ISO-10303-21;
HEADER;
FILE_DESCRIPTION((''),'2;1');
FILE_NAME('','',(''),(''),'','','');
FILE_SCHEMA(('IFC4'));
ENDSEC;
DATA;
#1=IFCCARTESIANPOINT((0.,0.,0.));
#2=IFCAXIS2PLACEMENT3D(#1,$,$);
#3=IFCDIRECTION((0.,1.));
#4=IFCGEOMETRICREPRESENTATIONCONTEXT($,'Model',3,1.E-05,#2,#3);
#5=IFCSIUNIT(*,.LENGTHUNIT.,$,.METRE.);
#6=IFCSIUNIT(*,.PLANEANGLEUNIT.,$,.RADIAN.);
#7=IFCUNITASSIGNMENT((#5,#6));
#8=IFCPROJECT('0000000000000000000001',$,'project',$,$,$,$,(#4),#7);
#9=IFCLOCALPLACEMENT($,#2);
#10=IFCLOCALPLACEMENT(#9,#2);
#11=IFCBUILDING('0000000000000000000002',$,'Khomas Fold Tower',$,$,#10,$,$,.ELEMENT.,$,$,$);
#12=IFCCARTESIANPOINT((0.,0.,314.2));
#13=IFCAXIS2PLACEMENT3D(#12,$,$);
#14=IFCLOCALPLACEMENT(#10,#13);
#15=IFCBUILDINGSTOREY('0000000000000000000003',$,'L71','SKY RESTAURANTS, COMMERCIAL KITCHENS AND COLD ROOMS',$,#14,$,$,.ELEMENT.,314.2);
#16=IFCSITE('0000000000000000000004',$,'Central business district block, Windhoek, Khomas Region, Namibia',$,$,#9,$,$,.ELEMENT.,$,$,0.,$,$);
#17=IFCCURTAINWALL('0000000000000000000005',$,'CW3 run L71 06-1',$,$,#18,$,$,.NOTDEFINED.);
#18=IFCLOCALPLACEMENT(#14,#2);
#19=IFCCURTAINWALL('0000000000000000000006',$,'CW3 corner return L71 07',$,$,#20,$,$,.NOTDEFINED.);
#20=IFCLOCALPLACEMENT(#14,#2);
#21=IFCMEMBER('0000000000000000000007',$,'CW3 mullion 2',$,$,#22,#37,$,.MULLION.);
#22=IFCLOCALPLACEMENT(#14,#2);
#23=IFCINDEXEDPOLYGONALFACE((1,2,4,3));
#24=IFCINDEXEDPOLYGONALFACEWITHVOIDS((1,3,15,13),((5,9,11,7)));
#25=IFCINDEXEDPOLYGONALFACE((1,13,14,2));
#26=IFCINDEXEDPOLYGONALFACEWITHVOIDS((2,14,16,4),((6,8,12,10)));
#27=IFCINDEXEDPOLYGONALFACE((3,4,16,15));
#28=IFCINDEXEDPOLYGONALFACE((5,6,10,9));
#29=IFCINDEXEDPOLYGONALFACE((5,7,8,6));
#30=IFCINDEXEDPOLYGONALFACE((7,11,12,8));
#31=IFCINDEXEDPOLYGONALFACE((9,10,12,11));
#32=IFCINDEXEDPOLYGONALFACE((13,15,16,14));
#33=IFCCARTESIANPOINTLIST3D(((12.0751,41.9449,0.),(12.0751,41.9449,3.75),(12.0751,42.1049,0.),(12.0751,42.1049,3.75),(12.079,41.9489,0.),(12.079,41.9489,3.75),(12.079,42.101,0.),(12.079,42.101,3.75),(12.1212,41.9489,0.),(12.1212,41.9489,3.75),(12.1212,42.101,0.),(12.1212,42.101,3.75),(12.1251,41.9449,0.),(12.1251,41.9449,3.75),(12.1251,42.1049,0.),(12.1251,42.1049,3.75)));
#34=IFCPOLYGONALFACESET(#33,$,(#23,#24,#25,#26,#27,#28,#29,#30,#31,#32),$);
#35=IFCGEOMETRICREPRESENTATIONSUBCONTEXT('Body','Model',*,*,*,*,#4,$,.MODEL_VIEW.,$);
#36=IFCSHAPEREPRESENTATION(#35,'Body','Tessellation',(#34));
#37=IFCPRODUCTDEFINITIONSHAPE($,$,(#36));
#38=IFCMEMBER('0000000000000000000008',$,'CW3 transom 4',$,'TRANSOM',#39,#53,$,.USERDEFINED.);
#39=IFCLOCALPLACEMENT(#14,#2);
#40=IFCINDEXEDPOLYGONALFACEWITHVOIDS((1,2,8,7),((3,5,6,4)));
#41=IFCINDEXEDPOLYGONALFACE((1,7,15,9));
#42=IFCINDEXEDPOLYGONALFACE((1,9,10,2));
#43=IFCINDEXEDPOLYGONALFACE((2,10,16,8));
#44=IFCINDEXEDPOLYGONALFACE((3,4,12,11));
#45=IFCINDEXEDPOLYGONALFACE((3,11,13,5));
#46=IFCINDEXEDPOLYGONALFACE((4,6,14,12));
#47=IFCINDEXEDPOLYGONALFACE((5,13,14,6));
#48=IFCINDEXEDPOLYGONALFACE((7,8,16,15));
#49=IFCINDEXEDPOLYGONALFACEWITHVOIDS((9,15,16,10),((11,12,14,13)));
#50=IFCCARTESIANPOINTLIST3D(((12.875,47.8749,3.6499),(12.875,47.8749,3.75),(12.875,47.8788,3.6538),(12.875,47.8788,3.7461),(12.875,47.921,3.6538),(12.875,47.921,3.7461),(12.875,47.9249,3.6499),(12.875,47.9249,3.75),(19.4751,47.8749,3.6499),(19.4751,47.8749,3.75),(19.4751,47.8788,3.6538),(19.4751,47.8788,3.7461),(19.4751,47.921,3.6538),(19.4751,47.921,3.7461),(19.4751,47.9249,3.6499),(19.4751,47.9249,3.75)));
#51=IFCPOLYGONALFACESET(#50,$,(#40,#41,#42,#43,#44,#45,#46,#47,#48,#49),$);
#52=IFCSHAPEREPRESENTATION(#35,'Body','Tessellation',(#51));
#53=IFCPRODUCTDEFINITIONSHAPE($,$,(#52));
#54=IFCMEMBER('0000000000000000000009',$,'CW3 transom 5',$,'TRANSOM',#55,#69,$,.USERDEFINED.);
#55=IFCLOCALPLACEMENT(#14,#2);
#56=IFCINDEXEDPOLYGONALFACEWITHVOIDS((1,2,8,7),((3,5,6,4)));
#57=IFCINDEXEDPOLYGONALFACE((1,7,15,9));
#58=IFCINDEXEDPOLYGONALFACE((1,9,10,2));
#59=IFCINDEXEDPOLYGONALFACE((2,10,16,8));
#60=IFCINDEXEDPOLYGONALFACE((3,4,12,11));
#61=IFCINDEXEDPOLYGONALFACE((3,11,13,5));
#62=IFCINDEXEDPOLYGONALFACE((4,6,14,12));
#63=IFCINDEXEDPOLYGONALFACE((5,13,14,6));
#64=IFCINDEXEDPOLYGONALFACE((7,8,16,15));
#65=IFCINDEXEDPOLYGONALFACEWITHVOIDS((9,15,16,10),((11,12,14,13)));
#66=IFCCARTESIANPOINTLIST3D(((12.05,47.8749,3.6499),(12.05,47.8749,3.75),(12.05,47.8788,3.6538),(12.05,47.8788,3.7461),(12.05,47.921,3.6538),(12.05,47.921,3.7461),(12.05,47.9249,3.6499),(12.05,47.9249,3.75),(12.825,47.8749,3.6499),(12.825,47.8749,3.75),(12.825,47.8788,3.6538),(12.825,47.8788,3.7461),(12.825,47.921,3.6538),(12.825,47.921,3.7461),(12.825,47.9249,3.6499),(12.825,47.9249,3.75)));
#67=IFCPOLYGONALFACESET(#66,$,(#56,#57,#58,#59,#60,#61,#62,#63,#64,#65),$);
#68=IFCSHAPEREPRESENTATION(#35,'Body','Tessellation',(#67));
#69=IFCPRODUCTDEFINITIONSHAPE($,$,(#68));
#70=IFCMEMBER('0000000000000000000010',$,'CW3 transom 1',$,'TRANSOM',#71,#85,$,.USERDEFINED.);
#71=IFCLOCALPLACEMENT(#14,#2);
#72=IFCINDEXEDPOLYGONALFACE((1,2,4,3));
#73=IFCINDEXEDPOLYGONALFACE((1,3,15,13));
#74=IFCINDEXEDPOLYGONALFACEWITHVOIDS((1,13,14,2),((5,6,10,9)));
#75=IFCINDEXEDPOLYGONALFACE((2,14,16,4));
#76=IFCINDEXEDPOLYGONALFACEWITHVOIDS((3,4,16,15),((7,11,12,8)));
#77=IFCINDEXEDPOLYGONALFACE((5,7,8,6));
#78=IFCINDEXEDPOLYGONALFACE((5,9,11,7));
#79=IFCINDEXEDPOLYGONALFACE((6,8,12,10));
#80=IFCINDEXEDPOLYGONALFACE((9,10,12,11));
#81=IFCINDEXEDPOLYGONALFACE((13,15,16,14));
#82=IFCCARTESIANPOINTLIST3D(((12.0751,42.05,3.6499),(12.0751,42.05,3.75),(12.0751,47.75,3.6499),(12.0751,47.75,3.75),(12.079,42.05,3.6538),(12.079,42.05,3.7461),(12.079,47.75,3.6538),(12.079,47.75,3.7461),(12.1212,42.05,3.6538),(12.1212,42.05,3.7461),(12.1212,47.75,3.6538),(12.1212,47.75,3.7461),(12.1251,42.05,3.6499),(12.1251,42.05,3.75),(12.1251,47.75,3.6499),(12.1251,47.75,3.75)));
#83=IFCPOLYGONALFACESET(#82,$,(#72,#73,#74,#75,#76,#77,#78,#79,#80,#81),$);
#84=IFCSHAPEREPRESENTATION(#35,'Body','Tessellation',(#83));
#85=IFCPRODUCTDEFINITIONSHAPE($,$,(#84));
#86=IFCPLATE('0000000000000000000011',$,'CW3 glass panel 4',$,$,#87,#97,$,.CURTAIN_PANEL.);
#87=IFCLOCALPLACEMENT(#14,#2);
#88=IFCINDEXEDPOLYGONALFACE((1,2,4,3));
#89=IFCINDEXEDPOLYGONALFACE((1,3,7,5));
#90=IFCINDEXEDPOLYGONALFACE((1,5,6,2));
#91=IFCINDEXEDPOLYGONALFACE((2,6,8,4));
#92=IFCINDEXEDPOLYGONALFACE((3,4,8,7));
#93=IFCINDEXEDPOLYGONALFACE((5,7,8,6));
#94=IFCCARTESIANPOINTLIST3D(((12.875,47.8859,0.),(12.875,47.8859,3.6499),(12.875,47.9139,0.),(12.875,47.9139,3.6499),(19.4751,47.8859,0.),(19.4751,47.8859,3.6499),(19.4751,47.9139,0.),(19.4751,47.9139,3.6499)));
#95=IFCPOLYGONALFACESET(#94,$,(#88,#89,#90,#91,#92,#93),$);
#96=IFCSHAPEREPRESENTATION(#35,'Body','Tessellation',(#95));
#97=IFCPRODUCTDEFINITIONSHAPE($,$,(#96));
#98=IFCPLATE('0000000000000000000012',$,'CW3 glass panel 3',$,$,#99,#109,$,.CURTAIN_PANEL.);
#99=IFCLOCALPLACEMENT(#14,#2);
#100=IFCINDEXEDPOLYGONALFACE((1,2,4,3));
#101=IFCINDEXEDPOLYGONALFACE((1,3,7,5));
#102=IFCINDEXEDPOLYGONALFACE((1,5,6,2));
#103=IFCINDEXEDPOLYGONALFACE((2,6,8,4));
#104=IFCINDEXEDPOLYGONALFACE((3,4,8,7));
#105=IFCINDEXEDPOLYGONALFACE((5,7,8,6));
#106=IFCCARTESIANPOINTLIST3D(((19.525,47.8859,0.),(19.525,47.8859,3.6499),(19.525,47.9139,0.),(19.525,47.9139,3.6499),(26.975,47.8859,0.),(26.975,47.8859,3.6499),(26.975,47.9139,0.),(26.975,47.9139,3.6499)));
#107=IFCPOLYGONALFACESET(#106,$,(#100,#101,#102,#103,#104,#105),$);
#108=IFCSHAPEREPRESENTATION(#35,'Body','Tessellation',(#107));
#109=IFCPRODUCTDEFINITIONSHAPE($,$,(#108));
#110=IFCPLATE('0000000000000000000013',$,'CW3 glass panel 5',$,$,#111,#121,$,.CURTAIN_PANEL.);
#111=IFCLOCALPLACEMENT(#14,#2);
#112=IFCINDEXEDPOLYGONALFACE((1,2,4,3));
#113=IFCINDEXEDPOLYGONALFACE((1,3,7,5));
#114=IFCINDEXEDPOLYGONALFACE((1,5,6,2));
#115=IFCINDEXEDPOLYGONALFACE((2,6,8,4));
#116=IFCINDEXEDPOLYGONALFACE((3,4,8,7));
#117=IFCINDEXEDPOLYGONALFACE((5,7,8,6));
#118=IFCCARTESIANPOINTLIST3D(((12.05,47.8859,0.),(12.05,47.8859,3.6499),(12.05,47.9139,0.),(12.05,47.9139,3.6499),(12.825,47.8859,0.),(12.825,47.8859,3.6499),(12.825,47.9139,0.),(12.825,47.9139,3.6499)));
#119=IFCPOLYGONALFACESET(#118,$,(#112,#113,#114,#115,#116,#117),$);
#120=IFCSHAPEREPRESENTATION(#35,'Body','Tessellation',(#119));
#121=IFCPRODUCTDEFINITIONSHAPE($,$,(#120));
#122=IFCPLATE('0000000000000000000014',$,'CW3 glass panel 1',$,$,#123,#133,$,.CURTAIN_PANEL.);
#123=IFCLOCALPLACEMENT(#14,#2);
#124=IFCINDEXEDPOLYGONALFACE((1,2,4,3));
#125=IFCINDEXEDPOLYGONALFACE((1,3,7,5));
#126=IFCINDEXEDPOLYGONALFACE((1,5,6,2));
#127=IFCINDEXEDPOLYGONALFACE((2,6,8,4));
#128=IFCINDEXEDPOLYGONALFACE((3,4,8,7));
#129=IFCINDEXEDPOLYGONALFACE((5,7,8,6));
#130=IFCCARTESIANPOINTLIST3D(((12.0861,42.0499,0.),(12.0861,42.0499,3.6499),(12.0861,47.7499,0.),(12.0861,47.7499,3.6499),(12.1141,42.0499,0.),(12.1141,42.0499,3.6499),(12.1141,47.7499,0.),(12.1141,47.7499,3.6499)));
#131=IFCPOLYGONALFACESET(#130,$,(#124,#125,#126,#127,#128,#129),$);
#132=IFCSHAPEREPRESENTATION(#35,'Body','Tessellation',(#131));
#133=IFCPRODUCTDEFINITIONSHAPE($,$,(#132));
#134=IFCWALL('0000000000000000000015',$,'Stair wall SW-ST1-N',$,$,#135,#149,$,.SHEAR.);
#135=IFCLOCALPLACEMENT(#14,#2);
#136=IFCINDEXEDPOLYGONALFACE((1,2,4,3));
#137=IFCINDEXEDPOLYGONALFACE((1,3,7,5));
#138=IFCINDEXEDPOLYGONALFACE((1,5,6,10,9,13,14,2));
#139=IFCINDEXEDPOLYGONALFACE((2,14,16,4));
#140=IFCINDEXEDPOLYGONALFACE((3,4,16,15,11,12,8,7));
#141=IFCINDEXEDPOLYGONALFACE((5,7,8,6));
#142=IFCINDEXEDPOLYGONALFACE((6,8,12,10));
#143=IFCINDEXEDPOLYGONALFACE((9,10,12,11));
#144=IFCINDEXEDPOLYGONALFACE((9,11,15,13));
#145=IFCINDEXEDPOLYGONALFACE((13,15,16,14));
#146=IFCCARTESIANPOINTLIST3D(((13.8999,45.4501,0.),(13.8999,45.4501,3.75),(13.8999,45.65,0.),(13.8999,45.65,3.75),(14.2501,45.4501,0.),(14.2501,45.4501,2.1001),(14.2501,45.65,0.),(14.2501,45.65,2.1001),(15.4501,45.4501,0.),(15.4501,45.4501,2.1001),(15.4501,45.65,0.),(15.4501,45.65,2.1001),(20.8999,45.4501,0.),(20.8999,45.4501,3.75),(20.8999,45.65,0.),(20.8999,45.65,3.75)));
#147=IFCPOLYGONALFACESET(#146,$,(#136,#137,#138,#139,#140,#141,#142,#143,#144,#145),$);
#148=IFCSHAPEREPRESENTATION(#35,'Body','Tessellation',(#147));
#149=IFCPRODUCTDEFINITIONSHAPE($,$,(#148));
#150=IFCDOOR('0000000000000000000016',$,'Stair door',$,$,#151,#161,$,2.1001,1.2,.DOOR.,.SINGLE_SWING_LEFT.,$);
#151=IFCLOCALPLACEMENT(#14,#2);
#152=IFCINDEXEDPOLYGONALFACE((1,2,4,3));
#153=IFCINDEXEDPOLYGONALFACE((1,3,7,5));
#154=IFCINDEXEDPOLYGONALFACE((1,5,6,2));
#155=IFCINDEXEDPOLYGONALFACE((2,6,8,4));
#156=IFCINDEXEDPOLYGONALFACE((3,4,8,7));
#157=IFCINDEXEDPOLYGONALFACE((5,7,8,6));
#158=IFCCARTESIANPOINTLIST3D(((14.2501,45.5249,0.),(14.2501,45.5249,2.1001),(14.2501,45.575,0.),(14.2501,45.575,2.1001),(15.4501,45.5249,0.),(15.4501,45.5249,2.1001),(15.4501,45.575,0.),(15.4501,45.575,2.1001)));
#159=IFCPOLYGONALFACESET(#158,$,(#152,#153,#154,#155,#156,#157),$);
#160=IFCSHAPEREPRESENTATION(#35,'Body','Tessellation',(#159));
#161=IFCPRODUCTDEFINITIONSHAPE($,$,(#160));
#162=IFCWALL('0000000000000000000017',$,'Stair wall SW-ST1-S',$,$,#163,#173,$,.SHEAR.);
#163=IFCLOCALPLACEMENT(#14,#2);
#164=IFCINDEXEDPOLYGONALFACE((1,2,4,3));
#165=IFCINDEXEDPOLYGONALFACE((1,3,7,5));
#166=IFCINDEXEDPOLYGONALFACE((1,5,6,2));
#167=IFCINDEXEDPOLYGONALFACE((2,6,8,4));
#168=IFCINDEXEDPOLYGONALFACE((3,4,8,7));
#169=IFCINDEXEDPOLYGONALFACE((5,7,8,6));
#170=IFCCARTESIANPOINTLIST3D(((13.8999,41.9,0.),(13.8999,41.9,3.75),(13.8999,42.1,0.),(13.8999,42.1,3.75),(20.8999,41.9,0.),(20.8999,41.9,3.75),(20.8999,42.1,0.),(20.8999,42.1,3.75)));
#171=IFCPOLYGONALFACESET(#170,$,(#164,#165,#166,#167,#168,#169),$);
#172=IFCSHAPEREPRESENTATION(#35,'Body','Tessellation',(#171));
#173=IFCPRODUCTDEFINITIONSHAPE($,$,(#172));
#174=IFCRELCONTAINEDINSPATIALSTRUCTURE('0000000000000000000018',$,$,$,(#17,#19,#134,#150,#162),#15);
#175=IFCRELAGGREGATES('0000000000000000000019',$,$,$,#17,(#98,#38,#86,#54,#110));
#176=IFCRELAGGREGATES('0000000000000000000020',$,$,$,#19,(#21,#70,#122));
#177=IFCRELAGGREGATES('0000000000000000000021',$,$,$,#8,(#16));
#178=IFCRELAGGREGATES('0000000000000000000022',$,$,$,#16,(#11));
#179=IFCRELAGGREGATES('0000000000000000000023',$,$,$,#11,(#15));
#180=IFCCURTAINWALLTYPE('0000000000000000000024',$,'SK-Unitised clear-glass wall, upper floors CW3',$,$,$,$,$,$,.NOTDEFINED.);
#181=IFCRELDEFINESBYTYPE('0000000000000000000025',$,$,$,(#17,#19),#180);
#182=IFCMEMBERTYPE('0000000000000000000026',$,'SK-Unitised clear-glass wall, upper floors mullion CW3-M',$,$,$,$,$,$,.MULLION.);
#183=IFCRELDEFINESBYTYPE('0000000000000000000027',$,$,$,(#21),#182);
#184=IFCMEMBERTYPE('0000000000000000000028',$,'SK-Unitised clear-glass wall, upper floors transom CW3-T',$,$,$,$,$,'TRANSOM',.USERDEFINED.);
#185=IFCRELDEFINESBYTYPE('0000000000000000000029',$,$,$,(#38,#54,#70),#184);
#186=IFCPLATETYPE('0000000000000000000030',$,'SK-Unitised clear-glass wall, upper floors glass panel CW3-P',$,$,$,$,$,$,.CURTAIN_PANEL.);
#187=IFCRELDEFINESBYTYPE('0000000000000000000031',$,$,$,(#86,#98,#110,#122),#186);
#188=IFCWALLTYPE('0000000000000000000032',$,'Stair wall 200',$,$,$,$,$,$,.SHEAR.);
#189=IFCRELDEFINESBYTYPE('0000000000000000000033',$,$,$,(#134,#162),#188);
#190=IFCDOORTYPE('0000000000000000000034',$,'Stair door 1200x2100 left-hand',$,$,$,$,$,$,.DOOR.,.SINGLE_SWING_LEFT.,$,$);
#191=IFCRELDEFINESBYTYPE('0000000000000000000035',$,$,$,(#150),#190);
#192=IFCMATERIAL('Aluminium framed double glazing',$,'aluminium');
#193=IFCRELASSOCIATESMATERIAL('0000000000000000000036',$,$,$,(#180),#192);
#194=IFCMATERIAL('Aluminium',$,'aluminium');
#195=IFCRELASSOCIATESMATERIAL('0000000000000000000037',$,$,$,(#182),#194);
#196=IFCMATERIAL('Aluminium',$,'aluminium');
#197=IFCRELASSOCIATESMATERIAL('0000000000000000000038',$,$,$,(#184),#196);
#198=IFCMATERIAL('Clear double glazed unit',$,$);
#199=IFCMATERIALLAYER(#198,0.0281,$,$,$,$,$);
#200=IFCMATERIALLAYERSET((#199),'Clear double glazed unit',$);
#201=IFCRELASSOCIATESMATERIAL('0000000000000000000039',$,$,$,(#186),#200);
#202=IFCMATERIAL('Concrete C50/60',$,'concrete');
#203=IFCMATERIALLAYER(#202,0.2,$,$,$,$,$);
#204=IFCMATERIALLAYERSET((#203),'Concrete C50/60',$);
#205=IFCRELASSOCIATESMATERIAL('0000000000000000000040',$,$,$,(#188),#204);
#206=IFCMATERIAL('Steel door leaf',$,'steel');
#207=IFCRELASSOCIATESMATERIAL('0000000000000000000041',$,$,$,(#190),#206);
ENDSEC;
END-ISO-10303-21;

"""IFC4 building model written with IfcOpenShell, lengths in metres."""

from ifc_helpers import new_model, si_unit, direction, frame, frame_2d, origin, origin_2d, place, context, subcontext, project, spatial, rectangle, hollow_rectangle, extrude, source, transform, mapped, material, layer, layer_set, material_profile, profile_set, type_object, element, fill, aggregate, save


model = new_model("IFC4")

# Units and contexts
model_context = context("Model", 3, precision=1e-05, world=origin(), true_north=direction((0.0, 1.0)))
body_context = subcontext(model_context, "Body", "Model", "MODEL_VIEW")
ifc_project = project(units=[si_unit("LENGTHUNIT", "METRE"), si_unit("PLANEANGLEUNIT", "RADIAN")], contexts=[model_context])

# Site, building, storey
site_placement = place(None, origin())
site = spatial("IfcSite", under=ifc_project, at=site_placement, Name="Central business district block, Windhoek, Khomas Region, Namibia", CompositionType="ELEMENT", RefElevation=0.0)
building_placement = place(site_placement, origin())
building = spatial("IfcBuilding", under=site, at=building_placement, Name="Khomas Fold Tower", CompositionType="ELEMENT")
storey_placement = place(building_placement, frame((0.0, 0.0, 314.2)))
storey = spatial("IfcBuildingStorey", under=building, at=storey_placement, Name="L71", Description="SKY RESTAURANTS, COMMERCIAL KITCHENS AND COLD ROOMS", CompositionType="ELEMENT", Elevation=314.2)

# Curtain walls, member
ifc_material_1 = material(Name="Aluminium framed double glazing", Category="aluminium")
curtain_wall_type = type_object("IfcCurtainWallType", Name="SK-Unitised clear-glass wall, upper floors CW3", PredefinedType="NOTDEFINED", material=ifc_material_1)
curtain_wall_1_placement = place(storey_placement, origin())
curtain_wall_1 = element("IfcCurtainWall", 1, at=curtain_wall_1_placement, inside=storey, type_object=curtain_wall_type, Name="CW3 run L71 06-1", PredefinedType="NOTDEFINED")
ifc_material_2 = material(Name="Aluminium", Category="aluminium")
ifc_material_profile_1 = material_profile(ifc_material_2, hollow_rectangle(XDim=0.05, YDim=0.1599, WallThickness=0.0039, at=origin_2d()), Name="SK-Unitised clear-glass wall, upper floors mullion CW3-M")
ifc_profile_set_1 = profile_set([ifc_material_profile_1], Name="Aluminium")
member_type_1 = type_object("IfcMemberType", Name="SK-Unitised clear-glass wall, upper floors mullion CW3-M", PredefinedType="MULLION", material=ifc_profile_set_1)
shared_shape_1 = source(origin(), body_context, "Body", "SweptSolid", [
    extrude(hollow_rectangle(XDim=0.05, YDim=0.1599, WallThickness=0.0039, at=origin_2d()), origin(), (0.0, 0.0, 1.0), 3.75),
])
curtain_wall_2_placement = place(storey_placement, origin())
curtain_wall_2 = element("IfcCurtainWall", 2, at=curtain_wall_2_placement, inside=storey, type_object=curtain_wall_type, Name="CW3 corner return L71 07", PredefinedType="NOTDEFINED")
member_1_placement = place(storey_placement, frame((12.1001, 42.0249, 0.0), z_axis=(0.0, 0.0, 1.0), x_axis=(1.0, 0.0, 0.0)))
member_1 = element("IfcMember", 3, at=member_1_placement, type_object=member_type_1, Name="CW3 mullion 2", PredefinedType="MULLION", context=body_context, shape_type="MappedRepresentation", body=[
    mapped(shared_shape_1, transform((0.0, 0.0, 0.0))),
])

# Members
ifc_material_3 = material(Name="Aluminium", Category="aluminium")
ifc_material_profile_2 = material_profile(ifc_material_3, hollow_rectangle(XDim=0.05, YDim=0.1001, WallThickness=0.0039, at=origin_2d()), Name="SK-Unitised clear-glass wall, upper floors transom CW3-T")
ifc_profile_set_2 = profile_set([ifc_material_profile_2], Name="Aluminium")
member_type_2 = type_object("IfcMemberType", Name="SK-Unitised clear-glass wall, upper floors transom CW3-T", ElementType="TRANSOM", PredefinedType="USERDEFINED", material=ifc_profile_set_2)
shared_shape_2 = source(origin(), body_context, "Body", "SweptSolid", [
    extrude(hollow_rectangle(XDim=0.05, YDim=0.1001, WallThickness=0.0039, at=origin_2d()), origin(), (0.0, 0.0, 1.0), 6.6001),
])
member_2_placement = place(storey_placement, frame((19.4751, 47.8999, 3.7), z_axis=(-1.0, 0.0, 0.0), x_axis=(0.0, -1.0, 0.0)))
member_2 = element("IfcMember", 4, at=member_2_placement, type_object=member_type_2, Name="CW3 transom 4", ObjectType="TRANSOM", PredefinedType="USERDEFINED", context=body_context, shape_type="MappedRepresentation", body=[
    mapped(shared_shape_2, transform((0.0, 0.0, 0.0))),
])
shared_shape_3 = source(origin(), body_context, "Body", "SweptSolid", [
    extrude(hollow_rectangle(XDim=0.05, YDim=0.1001, WallThickness=0.0039, at=origin_2d()), origin(), (0.0, 0.0, 1.0), 0.7749),
])
member_3_placement = place(storey_placement, frame((12.825, 47.8999, 3.7), z_axis=(-1.0, 0.0, 0.0), x_axis=(0.0, -1.0, 0.0)))
member_3 = element("IfcMember", 5, at=member_3_placement, type_object=member_type_2, Name="CW3 transom 5", ObjectType="TRANSOM", PredefinedType="USERDEFINED", context=body_context, shape_type="MappedRepresentation", body=[
    mapped(shared_shape_3, transform((0.0, 0.0, 0.0))),
])
shared_shape_4 = source(origin(), body_context, "Body", "SweptSolid", [
    extrude(hollow_rectangle(XDim=0.05, YDim=0.1001, WallThickness=0.0039, at=origin_2d()), origin(), (0.0, 0.0, 1.0), 5.7),
])
member_4_placement = place(storey_placement, frame((12.1001, 47.75, 3.7), z_axis=(0.0, -1.0, 0.0), x_axis=(1.0, 0.0, 0.0)))
member_4 = element("IfcMember", 6, at=member_4_placement, type_object=member_type_2, Name="CW3 transom 1", ObjectType="TRANSOM", PredefinedType="USERDEFINED", context=body_context, shape_type="MappedRepresentation", body=[
    mapped(shared_shape_4, transform((0.0, 0.0, 0.0))),
])

# Plates
ifc_material_4 = material(Name="Clear double glazed unit")
ifc_layer_1 = layer(ifc_material_4, 0.0281)
ifc_layer_set_1 = layer_set([ifc_layer_1], Name="Clear double glazed unit")
plate_type = type_object("IfcPlateType", Name="SK-Unitised clear-glass wall, upper floors glass panel CW3-P", PredefinedType="CURTAIN_PANEL", material=ifc_layer_set_1)
shared_shape_5 = source(origin(), body_context, "Body", "SweptSolid", [
    extrude(rectangle(XDim=6.6001, YDim=0.0281, at=origin_2d()), origin(), (0.0, 0.0, 1.0), 3.6499),
])
plate_1_placement = place(storey_placement, frame((16.175, 47.8999, 0.0), z_axis=(0.0, 0.0, 1.0), x_axis=(-1.0, 0.0, 0.0)))
plate_1 = element("IfcPlate", 7, at=plate_1_placement, type_object=plate_type, Name="CW3 glass panel 4", PredefinedType="CURTAIN_PANEL", context=body_context, shape_type="MappedRepresentation", body=[
    mapped(shared_shape_5, transform((0.0, 0.0, 0.0))),
])
shared_shape_6 = source(origin(), body_context, "Body", "SweptSolid", [
    extrude(rectangle(XDim=7.45, YDim=0.0281, at=origin_2d()), origin(), (0.0, 0.0, 1.0), 3.6499),
])
plate_2_placement = place(storey_placement, frame((23.25, 47.8999, 0.0), z_axis=(0.0, 0.0, 1.0), x_axis=(-1.0, 0.0, 0.0)))
plate_2 = element("IfcPlate", 8, at=plate_2_placement, type_object=plate_type, Name="CW3 glass panel 3", PredefinedType="CURTAIN_PANEL", context=body_context, shape_type="MappedRepresentation", body=[
    mapped(shared_shape_6, transform((0.0, 0.0, 0.0))),
])
shared_shape_7 = source(origin(), body_context, "Body", "SweptSolid", [
    extrude(rectangle(XDim=0.7749, YDim=0.0281, at=origin_2d()), origin(), (0.0, 0.0, 1.0), 3.6499),
])
plate_3_placement = place(storey_placement, frame((12.4375, 47.8999, 0.0), z_axis=(0.0, 0.0, 1.0), x_axis=(-1.0, 0.0, 0.0)))
plate_3 = element("IfcPlate", 9, at=plate_3_placement, type_object=plate_type, Name="CW3 glass panel 5", PredefinedType="CURTAIN_PANEL", context=body_context, shape_type="MappedRepresentation", body=[
    mapped(shared_shape_7, transform((0.0, 0.0, 0.0))),
])
aggregate(curtain_wall_1, [plate_2, member_2, plate_1, member_3, plate_3])
shared_shape_8 = source(origin(), body_context, "Body", "SweptSolid", [
    extrude(rectangle(XDim=5.7, YDim=0.0281, at=origin_2d()), origin(), (0.0, 0.0, 1.0), 3.6499),
])
plate_4_placement = place(storey_placement, frame((12.1001, 44.8999, 0.0), z_axis=(0.0, 0.0, 1.0), x_axis=(0.0, -1.0, 0.0)))
plate_4 = element("IfcPlate", 10, at=plate_4_placement, type_object=plate_type, Name="CW3 glass panel 1", PredefinedType="CURTAIN_PANEL", context=body_context, shape_type="MappedRepresentation", body=[
    mapped(shared_shape_8, transform((0.0, 0.0, 0.0))),
])
aggregate(curtain_wall_2, [member_1, member_4, plate_4])

# Wall, opening, door
ifc_material_5 = material(Name="Concrete C50/60", Category="concrete")
ifc_layer_2 = layer(ifc_material_5, 0.2)
ifc_layer_set_2 = layer_set([ifc_layer_2], Name="Concrete C50/60")
wall_type_1 = type_object("IfcWallType", Name="Stair wall 200", PredefinedType="SHEAR", material=ifc_layer_set_2)
shared_shape_9 = source(origin(), body_context, "Body", "SweptSolid", [
    extrude(rectangle(XDim=7.0, YDim=0.2, at=frame_2d((3.5, 0.0))), origin(), (0.0, 0.0, 1.0), 3.75),
])
wall_1_placement = place(storey_placement, frame((13.8999, 45.55, 0.0), z_axis=(0.0, 0.0, 1.0), x_axis=(1.0, 0.0, 0.0)))
wall_1 = element("IfcWall", 11, at=wall_1_placement, inside=storey, type_object=wall_type_1, Name="Stair wall SW-ST1-N", PredefinedType="SHEAR", context=body_context, shape_type="MappedRepresentation", body=[
    mapped(shared_shape_9, transform((0.0, 0.0, 0.0))),
])
shared_shape_10 = source(origin(), body_context, "Body", "SweptSolid", [
    extrude(rectangle(XDim=1.2, YDim=2.1001, at=frame_2d((0.6001, 1.05))), frame((0.0, 0.1099, 0.0), z_axis=(0.0, -1.0, 0.0), x_axis=(1.0, 0.0, 0.0)), (0.0, 0.0, 1.0), 0.22),
])
opening_1_placement = place(wall_1_placement, frame((0.3501, 0.0, 0.0)))
opening_1 = element("IfcOpeningElement", 12, at=opening_1_placement, cuts=wall_1, PredefinedType="OPENING", context=body_context, shape_type="MappedRepresentation", body=[
    mapped(shared_shape_10, transform((0.0, 0.0, 0.0))),
])
ifc_material_6 = material(Name="Steel door leaf", Category="steel")
door_type = type_object("IfcDoorType", Name="Stair door 1200x2100 left-hand", OperationType="SINGLE_SWING_LEFT", PredefinedType="DOOR", material=ifc_material_6)
shared_shape_11 = source(origin(), body_context, "Body", "SweptSolid", [
    extrude(rectangle(XDim=1.2, YDim=2.1001, at=frame_2d((0.6001, 1.05))), frame((0.0, 0.0249, 0.0), z_axis=(0.0, -1.0, 0.0), x_axis=(1.0, 0.0, 0.0)), (0.0, 0.0, 1.0), 0.05),
])
door_1_placement = place(opening_1_placement, origin())
door_1 = element("IfcDoor", 13, at=door_1_placement, inside=storey, type_object=door_type, Name="Stair door", OperationType="SINGLE_SWING_LEFT", OverallHeight=2.1001, OverallWidth=1.2, PredefinedType="DOOR", context=body_context, shape_type="MappedRepresentation", body=[
    mapped(shared_shape_11, transform((0.0, 0.0, 0.0))),
])
fill(opening_1, door_1)

# Wall
wall_2_placement = place(storey_placement, frame((13.8999, 42.0, 0.0), z_axis=(0.0, 0.0, 1.0), x_axis=(1.0, 0.0, 0.0)))
element("IfcWall", 14, at=wall_2_placement, inside=storey, type_object=wall_type_1, Name="Stair wall SW-ST1-S", PredefinedType="SHEAR", context=body_context, shape_type="MappedRepresentation", body=[
    mapped(shared_shape_9, transform((0.0, 0.0, 0.0))),
])

save(model, "model.ifc")
